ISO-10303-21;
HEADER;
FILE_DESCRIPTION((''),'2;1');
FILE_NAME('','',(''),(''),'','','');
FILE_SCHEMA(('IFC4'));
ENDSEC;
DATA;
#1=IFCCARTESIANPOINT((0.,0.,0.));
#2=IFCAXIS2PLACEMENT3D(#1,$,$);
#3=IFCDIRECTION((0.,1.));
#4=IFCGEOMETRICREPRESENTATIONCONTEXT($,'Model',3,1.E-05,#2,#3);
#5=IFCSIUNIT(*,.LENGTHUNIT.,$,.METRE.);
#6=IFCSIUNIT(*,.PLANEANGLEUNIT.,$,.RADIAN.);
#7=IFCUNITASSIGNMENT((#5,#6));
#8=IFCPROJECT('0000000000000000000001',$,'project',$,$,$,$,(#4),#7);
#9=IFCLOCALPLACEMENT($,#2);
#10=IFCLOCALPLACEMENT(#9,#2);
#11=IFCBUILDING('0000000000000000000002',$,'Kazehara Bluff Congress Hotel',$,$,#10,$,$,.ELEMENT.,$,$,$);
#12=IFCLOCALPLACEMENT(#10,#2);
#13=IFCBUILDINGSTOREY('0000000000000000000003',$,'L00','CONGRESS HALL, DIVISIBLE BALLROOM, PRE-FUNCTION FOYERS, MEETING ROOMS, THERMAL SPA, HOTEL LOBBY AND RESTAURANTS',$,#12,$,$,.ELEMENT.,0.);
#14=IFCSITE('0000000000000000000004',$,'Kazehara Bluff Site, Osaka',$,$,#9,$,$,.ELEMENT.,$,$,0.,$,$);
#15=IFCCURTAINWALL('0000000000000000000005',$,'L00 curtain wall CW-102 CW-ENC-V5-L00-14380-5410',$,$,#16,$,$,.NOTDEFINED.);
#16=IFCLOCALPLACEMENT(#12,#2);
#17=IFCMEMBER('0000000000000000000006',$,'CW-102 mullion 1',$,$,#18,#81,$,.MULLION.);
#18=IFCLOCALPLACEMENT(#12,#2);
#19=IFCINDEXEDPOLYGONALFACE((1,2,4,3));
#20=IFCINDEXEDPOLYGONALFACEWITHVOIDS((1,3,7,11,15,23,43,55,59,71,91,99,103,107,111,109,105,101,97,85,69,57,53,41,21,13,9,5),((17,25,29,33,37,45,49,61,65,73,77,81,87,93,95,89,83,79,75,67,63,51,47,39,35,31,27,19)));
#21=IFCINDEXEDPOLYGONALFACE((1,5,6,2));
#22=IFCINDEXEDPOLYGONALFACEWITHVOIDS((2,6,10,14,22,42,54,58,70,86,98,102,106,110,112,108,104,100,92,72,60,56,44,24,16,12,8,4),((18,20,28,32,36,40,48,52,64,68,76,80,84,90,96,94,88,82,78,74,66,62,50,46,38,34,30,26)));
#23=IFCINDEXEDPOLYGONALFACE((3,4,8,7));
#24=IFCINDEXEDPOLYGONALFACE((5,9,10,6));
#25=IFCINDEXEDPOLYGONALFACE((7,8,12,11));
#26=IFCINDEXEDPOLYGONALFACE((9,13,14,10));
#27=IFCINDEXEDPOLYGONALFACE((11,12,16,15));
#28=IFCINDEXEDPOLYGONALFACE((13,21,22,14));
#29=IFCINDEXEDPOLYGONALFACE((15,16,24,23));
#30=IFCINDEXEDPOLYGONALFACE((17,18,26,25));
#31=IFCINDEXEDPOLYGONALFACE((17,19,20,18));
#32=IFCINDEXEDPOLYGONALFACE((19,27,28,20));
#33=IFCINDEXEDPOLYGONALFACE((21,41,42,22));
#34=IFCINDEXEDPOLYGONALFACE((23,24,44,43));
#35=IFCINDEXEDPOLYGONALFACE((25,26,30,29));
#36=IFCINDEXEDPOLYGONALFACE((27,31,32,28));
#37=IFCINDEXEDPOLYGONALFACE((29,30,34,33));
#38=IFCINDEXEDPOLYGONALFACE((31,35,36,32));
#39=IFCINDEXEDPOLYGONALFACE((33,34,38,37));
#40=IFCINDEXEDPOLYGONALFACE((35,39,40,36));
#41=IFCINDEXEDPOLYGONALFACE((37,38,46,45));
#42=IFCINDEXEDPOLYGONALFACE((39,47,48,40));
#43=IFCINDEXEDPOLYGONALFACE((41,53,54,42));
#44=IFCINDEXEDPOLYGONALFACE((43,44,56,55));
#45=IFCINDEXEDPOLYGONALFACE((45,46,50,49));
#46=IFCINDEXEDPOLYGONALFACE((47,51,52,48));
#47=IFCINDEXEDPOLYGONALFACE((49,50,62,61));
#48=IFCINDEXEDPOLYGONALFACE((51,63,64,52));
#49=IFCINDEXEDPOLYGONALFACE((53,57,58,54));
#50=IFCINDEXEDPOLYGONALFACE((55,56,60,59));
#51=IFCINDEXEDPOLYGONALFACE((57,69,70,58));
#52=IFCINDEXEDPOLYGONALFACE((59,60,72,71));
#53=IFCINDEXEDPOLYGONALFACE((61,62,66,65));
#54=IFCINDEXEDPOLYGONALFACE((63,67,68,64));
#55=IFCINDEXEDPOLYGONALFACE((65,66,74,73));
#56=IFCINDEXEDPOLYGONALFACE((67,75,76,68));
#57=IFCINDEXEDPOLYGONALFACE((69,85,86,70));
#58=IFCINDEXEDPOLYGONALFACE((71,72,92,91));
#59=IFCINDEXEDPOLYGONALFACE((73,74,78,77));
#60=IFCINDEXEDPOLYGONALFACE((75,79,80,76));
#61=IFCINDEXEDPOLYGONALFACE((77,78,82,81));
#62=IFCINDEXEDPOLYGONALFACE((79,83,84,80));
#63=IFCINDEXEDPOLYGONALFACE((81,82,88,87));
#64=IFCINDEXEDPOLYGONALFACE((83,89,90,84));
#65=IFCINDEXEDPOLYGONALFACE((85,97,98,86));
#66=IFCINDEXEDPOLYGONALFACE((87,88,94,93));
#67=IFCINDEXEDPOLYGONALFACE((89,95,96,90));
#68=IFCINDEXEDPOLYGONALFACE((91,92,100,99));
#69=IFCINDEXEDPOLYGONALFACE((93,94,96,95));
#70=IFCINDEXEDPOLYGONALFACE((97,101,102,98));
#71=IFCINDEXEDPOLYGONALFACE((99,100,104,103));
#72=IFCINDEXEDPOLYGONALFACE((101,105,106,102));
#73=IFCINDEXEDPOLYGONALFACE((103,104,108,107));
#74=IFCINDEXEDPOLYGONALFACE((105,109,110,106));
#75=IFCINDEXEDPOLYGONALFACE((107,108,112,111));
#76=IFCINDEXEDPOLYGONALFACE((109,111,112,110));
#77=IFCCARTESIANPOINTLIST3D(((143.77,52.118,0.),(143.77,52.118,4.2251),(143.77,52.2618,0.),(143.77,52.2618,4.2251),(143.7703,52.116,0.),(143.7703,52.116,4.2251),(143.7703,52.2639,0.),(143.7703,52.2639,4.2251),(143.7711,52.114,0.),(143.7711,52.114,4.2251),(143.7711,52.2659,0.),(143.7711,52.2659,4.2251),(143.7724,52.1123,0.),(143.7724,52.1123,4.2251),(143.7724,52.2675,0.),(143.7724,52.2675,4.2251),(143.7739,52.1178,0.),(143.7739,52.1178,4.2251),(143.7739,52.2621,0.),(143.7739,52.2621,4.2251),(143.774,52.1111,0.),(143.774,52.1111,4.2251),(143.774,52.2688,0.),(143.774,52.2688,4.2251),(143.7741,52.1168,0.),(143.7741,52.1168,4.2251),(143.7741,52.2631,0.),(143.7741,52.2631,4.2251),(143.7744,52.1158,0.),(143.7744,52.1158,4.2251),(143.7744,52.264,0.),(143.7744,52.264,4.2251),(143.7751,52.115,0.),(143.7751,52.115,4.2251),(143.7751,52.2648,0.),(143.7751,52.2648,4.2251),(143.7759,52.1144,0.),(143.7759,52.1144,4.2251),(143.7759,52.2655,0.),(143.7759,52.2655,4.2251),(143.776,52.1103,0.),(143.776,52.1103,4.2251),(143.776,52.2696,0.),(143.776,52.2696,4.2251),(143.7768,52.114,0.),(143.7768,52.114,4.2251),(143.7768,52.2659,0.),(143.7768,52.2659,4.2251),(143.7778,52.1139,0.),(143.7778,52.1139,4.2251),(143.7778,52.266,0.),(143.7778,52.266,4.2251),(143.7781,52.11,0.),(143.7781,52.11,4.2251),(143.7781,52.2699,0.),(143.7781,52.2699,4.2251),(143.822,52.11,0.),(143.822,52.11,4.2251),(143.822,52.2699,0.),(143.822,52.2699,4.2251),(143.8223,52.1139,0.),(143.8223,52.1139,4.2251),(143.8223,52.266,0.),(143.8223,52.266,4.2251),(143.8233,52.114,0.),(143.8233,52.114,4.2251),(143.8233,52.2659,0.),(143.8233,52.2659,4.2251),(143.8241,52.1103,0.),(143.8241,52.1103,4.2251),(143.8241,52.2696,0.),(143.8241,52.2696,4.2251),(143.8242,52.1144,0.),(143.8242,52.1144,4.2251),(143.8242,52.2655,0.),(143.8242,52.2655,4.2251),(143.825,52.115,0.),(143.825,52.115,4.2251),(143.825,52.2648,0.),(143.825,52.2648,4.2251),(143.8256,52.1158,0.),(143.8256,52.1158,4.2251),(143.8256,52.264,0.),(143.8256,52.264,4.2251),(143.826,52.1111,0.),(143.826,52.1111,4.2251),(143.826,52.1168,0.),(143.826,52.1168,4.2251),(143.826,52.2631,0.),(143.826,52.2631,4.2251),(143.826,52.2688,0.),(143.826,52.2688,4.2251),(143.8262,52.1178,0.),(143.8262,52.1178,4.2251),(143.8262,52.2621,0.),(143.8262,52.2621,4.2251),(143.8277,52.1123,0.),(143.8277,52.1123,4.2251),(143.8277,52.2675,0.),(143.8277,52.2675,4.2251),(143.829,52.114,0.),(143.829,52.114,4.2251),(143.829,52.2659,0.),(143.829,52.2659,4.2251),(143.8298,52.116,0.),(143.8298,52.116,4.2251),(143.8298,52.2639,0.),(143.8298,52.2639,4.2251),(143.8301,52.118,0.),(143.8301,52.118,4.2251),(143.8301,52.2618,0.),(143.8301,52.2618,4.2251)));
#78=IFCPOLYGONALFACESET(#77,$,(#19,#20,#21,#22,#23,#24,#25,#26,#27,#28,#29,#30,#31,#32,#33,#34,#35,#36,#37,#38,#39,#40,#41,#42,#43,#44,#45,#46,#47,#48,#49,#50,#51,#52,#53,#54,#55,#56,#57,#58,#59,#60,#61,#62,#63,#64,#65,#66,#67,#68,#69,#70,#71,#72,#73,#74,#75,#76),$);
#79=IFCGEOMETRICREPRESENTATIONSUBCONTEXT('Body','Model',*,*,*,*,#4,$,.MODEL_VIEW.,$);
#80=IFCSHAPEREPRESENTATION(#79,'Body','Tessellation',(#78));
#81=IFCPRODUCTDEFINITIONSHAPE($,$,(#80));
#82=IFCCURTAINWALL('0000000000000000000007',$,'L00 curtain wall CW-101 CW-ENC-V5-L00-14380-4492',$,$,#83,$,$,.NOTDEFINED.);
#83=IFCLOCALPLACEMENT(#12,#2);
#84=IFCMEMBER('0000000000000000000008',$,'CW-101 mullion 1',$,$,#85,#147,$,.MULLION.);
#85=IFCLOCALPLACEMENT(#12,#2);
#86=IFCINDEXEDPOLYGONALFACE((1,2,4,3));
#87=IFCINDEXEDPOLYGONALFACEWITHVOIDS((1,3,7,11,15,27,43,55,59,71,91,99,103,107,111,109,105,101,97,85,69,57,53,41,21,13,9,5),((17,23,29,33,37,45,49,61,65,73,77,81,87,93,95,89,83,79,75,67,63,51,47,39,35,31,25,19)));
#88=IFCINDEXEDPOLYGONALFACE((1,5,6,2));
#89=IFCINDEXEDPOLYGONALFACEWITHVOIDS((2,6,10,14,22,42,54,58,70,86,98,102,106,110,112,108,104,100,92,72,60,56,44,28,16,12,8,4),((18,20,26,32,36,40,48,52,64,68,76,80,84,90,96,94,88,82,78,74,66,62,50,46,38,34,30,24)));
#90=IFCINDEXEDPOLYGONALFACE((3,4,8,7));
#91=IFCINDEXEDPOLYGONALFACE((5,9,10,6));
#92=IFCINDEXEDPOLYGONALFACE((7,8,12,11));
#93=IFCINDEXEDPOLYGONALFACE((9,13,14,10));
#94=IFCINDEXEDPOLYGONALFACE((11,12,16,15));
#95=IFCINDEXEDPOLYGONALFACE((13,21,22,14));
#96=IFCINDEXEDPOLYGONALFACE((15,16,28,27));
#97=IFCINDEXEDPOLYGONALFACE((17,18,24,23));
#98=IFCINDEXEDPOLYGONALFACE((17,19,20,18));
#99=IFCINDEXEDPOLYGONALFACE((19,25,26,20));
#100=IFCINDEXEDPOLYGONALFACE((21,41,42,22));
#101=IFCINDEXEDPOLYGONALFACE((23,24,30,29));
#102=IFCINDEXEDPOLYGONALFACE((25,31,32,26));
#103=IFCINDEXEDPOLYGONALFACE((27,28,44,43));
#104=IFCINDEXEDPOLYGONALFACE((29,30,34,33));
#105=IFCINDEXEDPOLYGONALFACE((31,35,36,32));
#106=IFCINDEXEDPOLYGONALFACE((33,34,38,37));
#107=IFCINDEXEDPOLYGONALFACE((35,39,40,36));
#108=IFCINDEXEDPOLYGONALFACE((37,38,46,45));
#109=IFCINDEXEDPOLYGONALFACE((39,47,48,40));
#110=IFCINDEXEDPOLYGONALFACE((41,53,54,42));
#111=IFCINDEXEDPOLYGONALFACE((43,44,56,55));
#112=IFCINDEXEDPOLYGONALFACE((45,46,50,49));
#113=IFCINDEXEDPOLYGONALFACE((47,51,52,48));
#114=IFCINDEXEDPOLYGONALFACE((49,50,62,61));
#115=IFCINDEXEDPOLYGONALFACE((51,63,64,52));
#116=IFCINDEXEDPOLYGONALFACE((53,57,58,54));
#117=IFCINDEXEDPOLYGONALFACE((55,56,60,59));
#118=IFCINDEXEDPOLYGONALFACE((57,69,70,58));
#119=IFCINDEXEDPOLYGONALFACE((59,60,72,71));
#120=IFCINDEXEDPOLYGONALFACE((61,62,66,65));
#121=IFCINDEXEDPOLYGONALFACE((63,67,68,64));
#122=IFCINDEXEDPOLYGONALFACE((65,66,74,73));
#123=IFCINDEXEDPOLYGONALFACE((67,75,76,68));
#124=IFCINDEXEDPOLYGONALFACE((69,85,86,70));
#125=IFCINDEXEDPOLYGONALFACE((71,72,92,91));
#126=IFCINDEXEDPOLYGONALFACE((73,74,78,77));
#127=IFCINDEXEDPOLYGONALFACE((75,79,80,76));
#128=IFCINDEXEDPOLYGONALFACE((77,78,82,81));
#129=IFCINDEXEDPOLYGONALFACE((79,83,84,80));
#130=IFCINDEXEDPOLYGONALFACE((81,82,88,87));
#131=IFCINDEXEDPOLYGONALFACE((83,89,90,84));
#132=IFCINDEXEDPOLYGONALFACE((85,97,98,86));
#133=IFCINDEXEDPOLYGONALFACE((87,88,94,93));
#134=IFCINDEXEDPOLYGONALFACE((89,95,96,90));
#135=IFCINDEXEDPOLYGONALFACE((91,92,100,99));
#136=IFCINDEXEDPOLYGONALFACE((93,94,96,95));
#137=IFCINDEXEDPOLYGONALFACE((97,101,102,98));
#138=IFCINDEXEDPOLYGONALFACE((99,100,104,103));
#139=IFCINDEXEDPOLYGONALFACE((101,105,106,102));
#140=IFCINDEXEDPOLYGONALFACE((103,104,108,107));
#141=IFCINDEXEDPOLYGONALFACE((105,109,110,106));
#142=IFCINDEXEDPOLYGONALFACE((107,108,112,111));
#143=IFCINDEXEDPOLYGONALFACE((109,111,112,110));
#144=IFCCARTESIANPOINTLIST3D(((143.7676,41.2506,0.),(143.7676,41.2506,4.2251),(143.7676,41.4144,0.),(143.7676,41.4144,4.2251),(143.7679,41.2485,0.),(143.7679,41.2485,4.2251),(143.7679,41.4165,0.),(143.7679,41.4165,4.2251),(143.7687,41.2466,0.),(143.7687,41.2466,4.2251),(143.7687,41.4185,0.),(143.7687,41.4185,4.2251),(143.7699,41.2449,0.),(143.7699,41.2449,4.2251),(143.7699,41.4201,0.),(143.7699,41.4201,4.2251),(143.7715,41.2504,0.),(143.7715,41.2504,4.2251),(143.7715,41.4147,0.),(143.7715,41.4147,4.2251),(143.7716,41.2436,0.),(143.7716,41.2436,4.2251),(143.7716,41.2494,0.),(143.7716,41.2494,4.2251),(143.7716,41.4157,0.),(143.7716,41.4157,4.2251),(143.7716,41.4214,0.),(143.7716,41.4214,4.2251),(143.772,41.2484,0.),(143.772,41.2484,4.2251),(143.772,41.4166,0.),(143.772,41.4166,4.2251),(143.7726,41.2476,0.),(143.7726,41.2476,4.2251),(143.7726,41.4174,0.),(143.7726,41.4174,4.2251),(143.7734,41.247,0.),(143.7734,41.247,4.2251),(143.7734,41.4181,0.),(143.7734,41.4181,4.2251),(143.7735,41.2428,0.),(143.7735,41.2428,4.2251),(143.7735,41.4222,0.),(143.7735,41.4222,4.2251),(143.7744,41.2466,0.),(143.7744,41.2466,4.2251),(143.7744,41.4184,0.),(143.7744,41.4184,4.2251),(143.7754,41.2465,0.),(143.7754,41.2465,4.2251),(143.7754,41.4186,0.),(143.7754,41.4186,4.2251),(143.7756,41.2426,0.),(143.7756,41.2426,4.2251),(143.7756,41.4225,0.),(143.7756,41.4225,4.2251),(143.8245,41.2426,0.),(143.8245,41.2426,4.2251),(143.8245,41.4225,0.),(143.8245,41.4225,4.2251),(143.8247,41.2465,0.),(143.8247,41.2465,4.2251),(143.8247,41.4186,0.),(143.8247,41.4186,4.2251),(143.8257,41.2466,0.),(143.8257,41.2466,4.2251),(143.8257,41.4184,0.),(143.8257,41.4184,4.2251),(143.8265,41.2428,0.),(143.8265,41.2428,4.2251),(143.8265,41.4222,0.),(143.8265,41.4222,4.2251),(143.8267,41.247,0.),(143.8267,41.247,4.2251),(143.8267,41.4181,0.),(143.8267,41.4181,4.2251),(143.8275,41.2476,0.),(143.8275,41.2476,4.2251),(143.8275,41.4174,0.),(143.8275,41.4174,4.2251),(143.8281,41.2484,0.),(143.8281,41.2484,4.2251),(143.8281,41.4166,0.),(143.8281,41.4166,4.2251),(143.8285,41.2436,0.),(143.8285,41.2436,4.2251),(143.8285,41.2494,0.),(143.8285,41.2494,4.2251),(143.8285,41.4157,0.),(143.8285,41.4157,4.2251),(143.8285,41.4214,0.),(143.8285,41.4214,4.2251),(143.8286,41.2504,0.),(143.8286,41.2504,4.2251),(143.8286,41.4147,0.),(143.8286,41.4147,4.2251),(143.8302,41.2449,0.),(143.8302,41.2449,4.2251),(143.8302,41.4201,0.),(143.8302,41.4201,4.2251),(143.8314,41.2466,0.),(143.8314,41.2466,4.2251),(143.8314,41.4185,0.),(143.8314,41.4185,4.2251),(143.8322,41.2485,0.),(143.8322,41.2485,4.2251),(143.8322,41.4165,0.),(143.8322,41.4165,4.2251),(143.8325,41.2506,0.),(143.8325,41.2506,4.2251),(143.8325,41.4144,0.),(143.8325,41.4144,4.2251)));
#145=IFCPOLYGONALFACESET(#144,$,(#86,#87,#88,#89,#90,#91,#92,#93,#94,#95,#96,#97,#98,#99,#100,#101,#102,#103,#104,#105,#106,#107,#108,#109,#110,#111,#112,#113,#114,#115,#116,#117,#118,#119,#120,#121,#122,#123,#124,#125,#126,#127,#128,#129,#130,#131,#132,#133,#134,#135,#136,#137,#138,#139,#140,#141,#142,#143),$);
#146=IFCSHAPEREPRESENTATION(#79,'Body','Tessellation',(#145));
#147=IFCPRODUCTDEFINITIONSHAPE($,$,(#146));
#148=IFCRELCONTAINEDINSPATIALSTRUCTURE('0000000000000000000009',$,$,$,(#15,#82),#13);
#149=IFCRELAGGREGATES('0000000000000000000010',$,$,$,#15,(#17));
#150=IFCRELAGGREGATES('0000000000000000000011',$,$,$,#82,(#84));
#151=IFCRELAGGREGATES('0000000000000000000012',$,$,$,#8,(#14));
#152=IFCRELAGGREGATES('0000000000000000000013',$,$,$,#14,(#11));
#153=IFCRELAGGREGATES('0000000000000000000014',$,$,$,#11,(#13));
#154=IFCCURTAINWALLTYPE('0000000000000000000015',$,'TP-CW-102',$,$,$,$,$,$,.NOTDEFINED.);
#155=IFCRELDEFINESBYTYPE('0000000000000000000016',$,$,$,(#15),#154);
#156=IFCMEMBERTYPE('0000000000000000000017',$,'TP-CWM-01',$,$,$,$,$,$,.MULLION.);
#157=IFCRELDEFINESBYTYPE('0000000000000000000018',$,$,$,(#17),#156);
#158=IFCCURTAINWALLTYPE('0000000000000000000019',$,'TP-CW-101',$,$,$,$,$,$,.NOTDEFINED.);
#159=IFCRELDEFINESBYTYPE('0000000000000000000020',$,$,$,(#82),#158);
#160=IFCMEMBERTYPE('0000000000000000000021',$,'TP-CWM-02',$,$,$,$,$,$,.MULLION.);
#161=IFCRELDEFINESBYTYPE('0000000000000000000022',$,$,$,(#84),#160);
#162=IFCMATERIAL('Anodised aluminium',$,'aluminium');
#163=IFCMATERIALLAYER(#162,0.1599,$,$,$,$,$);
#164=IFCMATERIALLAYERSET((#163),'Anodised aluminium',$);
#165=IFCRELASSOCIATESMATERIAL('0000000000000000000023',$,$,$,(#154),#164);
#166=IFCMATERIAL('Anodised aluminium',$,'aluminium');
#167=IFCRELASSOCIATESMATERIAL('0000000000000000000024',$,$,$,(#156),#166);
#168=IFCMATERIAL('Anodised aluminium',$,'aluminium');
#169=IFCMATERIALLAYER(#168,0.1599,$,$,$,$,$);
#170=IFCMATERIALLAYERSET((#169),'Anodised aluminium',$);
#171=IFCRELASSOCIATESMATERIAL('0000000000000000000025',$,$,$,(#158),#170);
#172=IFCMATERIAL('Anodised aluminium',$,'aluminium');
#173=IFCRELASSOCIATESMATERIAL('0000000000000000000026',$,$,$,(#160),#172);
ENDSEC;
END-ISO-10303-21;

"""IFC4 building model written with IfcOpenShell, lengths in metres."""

from ifc_helpers import new_model, si_unit, direction, frame, origin, origin_2d, place, context, subcontext, project, spatial, hollow_rectangle, extrude, material, layer, layer_set, material_profile, profile_set, type_object, element, aggregate, save


model = new_model("IFC4")

# Units and contexts
model_context = context("Model", 3, precision=1e-05, world=origin(), true_north=direction((0.0, 1.0)))
body_context = subcontext(model_context, "Body", "Model", "MODEL_VIEW")
ifc_project = project(units=[si_unit("LENGTHUNIT", "METRE"), si_unit("PLANEANGLEUNIT", "RADIAN")], contexts=[model_context])

# Site, building, storey
site_placement = place(None, origin())
site = spatial("IfcSite", under=ifc_project, at=site_placement, Name="Kazehara Bluff Site, Osaka", CompositionType="ELEMENT", RefElevation=0.0)
building_placement = place(site_placement, origin())
building = spatial("IfcBuilding", under=site, at=building_placement, Name="Kazehara Bluff Congress Hotel", CompositionType="ELEMENT")
storey_placement = place(building_placement, origin())
storey = spatial("IfcBuildingStorey", under=building, at=storey_placement, Name="L00", Description="CONGRESS HALL, DIVISIBLE BALLROOM, PRE-FUNCTION FOYERS, MEETING ROOMS, THERMAL SPA, HOTEL LOBBY AND RESTAURANTS", CompositionType="ELEMENT", Elevation=0.0)

# Curtain wall, member
ifc_material_1 = material(Name="Anodised aluminium", Category="aluminium")
ifc_layer_1 = layer(ifc_material_1, 0.1599)
ifc_layer_set_1 = layer_set([ifc_layer_1], Name="Anodised aluminium")
curtain_wall_type_1 = type_object("IfcCurtainWallType", Name="TP-CW-102", PredefinedType="NOTDEFINED", material=ifc_layer_set_1)
curtain_wall_1_placement = place(storey_placement, origin())
curtain_wall_1 = element("IfcCurtainWall", 1, at=curtain_wall_1_placement, inside=storey, type_object=curtain_wall_type_1, Name="L00 curtain wall CW-102 CW-ENC-V5-L00-14380-5410", PredefinedType="NOTDEFINED")
ifc_material_2 = material(Name="Anodised aluminium", Category="aluminium")
ifc_material_profile_1 = material_profile(ifc_material_2, hollow_rectangle(XDim=0.0601, YDim=0.1599, WallThickness=0.0039, InnerFilletRadius=0.0039, OuterFilletRadius=0.0081, at=origin_2d()))
ifc_profile_set_1 = profile_set([ifc_material_profile_1], Name="Anodised aluminium")
member_type_1 = type_object("IfcMemberType", Name="TP-CWM-01", PredefinedType="MULLION", material=ifc_profile_set_1)
member_1_placement = place(storey_placement, frame((143.8, 52.1899, 0.0), z_axis=(0.0, 0.0, 1.0), x_axis=(-1.0, 0.0, 0.0)))
member_1 = element("IfcMember", 2, at=member_1_placement, type_object=member_type_1, Name="CW-102 mullion 1", PredefinedType="MULLION", context=body_context, shape_type="SweptSolid", body=[
    extrude(hollow_rectangle(XDim=0.0601, YDim=0.1599, WallThickness=0.0039, InnerFilletRadius=0.0039, OuterFilletRadius=0.0081, at=origin_2d()), origin(), (0.0, 0.0, 1.0), 4.2251),
])

# Curtain wall, member
ifc_material_3 = material(Name="Anodised aluminium", Category="aluminium")
ifc_layer_2 = layer(ifc_material_3, 0.1599)
ifc_layer_set_2 = layer_set([ifc_layer_2], Name="Anodised aluminium")
curtain_wall_type_2 = type_object("IfcCurtainWallType", Name="TP-CW-101", PredefinedType="NOTDEFINED", material=ifc_layer_set_2)
curtain_wall_2_placement = place(storey_placement, origin())
curtain_wall_2 = element("IfcCurtainWall", 3, at=curtain_wall_2_placement, inside=storey, type_object=curtain_wall_type_2, Name="L00 curtain wall CW-101 CW-ENC-V5-L00-14380-4492", PredefinedType="NOTDEFINED")
ifc_material_4 = material(Name="Anodised aluminium", Category="aluminium")
ifc_material_profile_2 = material_profile(ifc_material_4, hollow_rectangle(XDim=0.0649, YDim=0.1799, WallThickness=0.0039, InnerFilletRadius=0.0039, OuterFilletRadius=0.0081, at=origin_2d()))
ifc_profile_set_2 = profile_set([ifc_material_profile_2], Name="Anodised aluminium")
member_type_2 = type_object("IfcMemberType", Name="TP-CWM-02", PredefinedType="MULLION", material=ifc_profile_set_2)
member_2_placement = place(storey_placement, frame((143.8, 41.3325, 0.0), z_axis=(0.0, 0.0, 1.0), x_axis=(-1.0, 0.0, 0.0)))
member_2 = element("IfcMember", 4, at=member_2_placement, type_object=member_type_2, Name="CW-101 mullion 1", PredefinedType="MULLION", context=body_context, shape_type="SweptSolid", body=[
    extrude(hollow_rectangle(XDim=0.0649, YDim=0.1799, WallThickness=0.0039, InnerFilletRadius=0.0039, OuterFilletRadius=0.0081, at=origin_2d()), origin(), (0.0, 0.0, 1.0), 4.2251),
])

aggregate(curtain_wall_1, [member_1])

aggregate(curtain_wall_2, [member_2])

save(model, "model.ifc")
